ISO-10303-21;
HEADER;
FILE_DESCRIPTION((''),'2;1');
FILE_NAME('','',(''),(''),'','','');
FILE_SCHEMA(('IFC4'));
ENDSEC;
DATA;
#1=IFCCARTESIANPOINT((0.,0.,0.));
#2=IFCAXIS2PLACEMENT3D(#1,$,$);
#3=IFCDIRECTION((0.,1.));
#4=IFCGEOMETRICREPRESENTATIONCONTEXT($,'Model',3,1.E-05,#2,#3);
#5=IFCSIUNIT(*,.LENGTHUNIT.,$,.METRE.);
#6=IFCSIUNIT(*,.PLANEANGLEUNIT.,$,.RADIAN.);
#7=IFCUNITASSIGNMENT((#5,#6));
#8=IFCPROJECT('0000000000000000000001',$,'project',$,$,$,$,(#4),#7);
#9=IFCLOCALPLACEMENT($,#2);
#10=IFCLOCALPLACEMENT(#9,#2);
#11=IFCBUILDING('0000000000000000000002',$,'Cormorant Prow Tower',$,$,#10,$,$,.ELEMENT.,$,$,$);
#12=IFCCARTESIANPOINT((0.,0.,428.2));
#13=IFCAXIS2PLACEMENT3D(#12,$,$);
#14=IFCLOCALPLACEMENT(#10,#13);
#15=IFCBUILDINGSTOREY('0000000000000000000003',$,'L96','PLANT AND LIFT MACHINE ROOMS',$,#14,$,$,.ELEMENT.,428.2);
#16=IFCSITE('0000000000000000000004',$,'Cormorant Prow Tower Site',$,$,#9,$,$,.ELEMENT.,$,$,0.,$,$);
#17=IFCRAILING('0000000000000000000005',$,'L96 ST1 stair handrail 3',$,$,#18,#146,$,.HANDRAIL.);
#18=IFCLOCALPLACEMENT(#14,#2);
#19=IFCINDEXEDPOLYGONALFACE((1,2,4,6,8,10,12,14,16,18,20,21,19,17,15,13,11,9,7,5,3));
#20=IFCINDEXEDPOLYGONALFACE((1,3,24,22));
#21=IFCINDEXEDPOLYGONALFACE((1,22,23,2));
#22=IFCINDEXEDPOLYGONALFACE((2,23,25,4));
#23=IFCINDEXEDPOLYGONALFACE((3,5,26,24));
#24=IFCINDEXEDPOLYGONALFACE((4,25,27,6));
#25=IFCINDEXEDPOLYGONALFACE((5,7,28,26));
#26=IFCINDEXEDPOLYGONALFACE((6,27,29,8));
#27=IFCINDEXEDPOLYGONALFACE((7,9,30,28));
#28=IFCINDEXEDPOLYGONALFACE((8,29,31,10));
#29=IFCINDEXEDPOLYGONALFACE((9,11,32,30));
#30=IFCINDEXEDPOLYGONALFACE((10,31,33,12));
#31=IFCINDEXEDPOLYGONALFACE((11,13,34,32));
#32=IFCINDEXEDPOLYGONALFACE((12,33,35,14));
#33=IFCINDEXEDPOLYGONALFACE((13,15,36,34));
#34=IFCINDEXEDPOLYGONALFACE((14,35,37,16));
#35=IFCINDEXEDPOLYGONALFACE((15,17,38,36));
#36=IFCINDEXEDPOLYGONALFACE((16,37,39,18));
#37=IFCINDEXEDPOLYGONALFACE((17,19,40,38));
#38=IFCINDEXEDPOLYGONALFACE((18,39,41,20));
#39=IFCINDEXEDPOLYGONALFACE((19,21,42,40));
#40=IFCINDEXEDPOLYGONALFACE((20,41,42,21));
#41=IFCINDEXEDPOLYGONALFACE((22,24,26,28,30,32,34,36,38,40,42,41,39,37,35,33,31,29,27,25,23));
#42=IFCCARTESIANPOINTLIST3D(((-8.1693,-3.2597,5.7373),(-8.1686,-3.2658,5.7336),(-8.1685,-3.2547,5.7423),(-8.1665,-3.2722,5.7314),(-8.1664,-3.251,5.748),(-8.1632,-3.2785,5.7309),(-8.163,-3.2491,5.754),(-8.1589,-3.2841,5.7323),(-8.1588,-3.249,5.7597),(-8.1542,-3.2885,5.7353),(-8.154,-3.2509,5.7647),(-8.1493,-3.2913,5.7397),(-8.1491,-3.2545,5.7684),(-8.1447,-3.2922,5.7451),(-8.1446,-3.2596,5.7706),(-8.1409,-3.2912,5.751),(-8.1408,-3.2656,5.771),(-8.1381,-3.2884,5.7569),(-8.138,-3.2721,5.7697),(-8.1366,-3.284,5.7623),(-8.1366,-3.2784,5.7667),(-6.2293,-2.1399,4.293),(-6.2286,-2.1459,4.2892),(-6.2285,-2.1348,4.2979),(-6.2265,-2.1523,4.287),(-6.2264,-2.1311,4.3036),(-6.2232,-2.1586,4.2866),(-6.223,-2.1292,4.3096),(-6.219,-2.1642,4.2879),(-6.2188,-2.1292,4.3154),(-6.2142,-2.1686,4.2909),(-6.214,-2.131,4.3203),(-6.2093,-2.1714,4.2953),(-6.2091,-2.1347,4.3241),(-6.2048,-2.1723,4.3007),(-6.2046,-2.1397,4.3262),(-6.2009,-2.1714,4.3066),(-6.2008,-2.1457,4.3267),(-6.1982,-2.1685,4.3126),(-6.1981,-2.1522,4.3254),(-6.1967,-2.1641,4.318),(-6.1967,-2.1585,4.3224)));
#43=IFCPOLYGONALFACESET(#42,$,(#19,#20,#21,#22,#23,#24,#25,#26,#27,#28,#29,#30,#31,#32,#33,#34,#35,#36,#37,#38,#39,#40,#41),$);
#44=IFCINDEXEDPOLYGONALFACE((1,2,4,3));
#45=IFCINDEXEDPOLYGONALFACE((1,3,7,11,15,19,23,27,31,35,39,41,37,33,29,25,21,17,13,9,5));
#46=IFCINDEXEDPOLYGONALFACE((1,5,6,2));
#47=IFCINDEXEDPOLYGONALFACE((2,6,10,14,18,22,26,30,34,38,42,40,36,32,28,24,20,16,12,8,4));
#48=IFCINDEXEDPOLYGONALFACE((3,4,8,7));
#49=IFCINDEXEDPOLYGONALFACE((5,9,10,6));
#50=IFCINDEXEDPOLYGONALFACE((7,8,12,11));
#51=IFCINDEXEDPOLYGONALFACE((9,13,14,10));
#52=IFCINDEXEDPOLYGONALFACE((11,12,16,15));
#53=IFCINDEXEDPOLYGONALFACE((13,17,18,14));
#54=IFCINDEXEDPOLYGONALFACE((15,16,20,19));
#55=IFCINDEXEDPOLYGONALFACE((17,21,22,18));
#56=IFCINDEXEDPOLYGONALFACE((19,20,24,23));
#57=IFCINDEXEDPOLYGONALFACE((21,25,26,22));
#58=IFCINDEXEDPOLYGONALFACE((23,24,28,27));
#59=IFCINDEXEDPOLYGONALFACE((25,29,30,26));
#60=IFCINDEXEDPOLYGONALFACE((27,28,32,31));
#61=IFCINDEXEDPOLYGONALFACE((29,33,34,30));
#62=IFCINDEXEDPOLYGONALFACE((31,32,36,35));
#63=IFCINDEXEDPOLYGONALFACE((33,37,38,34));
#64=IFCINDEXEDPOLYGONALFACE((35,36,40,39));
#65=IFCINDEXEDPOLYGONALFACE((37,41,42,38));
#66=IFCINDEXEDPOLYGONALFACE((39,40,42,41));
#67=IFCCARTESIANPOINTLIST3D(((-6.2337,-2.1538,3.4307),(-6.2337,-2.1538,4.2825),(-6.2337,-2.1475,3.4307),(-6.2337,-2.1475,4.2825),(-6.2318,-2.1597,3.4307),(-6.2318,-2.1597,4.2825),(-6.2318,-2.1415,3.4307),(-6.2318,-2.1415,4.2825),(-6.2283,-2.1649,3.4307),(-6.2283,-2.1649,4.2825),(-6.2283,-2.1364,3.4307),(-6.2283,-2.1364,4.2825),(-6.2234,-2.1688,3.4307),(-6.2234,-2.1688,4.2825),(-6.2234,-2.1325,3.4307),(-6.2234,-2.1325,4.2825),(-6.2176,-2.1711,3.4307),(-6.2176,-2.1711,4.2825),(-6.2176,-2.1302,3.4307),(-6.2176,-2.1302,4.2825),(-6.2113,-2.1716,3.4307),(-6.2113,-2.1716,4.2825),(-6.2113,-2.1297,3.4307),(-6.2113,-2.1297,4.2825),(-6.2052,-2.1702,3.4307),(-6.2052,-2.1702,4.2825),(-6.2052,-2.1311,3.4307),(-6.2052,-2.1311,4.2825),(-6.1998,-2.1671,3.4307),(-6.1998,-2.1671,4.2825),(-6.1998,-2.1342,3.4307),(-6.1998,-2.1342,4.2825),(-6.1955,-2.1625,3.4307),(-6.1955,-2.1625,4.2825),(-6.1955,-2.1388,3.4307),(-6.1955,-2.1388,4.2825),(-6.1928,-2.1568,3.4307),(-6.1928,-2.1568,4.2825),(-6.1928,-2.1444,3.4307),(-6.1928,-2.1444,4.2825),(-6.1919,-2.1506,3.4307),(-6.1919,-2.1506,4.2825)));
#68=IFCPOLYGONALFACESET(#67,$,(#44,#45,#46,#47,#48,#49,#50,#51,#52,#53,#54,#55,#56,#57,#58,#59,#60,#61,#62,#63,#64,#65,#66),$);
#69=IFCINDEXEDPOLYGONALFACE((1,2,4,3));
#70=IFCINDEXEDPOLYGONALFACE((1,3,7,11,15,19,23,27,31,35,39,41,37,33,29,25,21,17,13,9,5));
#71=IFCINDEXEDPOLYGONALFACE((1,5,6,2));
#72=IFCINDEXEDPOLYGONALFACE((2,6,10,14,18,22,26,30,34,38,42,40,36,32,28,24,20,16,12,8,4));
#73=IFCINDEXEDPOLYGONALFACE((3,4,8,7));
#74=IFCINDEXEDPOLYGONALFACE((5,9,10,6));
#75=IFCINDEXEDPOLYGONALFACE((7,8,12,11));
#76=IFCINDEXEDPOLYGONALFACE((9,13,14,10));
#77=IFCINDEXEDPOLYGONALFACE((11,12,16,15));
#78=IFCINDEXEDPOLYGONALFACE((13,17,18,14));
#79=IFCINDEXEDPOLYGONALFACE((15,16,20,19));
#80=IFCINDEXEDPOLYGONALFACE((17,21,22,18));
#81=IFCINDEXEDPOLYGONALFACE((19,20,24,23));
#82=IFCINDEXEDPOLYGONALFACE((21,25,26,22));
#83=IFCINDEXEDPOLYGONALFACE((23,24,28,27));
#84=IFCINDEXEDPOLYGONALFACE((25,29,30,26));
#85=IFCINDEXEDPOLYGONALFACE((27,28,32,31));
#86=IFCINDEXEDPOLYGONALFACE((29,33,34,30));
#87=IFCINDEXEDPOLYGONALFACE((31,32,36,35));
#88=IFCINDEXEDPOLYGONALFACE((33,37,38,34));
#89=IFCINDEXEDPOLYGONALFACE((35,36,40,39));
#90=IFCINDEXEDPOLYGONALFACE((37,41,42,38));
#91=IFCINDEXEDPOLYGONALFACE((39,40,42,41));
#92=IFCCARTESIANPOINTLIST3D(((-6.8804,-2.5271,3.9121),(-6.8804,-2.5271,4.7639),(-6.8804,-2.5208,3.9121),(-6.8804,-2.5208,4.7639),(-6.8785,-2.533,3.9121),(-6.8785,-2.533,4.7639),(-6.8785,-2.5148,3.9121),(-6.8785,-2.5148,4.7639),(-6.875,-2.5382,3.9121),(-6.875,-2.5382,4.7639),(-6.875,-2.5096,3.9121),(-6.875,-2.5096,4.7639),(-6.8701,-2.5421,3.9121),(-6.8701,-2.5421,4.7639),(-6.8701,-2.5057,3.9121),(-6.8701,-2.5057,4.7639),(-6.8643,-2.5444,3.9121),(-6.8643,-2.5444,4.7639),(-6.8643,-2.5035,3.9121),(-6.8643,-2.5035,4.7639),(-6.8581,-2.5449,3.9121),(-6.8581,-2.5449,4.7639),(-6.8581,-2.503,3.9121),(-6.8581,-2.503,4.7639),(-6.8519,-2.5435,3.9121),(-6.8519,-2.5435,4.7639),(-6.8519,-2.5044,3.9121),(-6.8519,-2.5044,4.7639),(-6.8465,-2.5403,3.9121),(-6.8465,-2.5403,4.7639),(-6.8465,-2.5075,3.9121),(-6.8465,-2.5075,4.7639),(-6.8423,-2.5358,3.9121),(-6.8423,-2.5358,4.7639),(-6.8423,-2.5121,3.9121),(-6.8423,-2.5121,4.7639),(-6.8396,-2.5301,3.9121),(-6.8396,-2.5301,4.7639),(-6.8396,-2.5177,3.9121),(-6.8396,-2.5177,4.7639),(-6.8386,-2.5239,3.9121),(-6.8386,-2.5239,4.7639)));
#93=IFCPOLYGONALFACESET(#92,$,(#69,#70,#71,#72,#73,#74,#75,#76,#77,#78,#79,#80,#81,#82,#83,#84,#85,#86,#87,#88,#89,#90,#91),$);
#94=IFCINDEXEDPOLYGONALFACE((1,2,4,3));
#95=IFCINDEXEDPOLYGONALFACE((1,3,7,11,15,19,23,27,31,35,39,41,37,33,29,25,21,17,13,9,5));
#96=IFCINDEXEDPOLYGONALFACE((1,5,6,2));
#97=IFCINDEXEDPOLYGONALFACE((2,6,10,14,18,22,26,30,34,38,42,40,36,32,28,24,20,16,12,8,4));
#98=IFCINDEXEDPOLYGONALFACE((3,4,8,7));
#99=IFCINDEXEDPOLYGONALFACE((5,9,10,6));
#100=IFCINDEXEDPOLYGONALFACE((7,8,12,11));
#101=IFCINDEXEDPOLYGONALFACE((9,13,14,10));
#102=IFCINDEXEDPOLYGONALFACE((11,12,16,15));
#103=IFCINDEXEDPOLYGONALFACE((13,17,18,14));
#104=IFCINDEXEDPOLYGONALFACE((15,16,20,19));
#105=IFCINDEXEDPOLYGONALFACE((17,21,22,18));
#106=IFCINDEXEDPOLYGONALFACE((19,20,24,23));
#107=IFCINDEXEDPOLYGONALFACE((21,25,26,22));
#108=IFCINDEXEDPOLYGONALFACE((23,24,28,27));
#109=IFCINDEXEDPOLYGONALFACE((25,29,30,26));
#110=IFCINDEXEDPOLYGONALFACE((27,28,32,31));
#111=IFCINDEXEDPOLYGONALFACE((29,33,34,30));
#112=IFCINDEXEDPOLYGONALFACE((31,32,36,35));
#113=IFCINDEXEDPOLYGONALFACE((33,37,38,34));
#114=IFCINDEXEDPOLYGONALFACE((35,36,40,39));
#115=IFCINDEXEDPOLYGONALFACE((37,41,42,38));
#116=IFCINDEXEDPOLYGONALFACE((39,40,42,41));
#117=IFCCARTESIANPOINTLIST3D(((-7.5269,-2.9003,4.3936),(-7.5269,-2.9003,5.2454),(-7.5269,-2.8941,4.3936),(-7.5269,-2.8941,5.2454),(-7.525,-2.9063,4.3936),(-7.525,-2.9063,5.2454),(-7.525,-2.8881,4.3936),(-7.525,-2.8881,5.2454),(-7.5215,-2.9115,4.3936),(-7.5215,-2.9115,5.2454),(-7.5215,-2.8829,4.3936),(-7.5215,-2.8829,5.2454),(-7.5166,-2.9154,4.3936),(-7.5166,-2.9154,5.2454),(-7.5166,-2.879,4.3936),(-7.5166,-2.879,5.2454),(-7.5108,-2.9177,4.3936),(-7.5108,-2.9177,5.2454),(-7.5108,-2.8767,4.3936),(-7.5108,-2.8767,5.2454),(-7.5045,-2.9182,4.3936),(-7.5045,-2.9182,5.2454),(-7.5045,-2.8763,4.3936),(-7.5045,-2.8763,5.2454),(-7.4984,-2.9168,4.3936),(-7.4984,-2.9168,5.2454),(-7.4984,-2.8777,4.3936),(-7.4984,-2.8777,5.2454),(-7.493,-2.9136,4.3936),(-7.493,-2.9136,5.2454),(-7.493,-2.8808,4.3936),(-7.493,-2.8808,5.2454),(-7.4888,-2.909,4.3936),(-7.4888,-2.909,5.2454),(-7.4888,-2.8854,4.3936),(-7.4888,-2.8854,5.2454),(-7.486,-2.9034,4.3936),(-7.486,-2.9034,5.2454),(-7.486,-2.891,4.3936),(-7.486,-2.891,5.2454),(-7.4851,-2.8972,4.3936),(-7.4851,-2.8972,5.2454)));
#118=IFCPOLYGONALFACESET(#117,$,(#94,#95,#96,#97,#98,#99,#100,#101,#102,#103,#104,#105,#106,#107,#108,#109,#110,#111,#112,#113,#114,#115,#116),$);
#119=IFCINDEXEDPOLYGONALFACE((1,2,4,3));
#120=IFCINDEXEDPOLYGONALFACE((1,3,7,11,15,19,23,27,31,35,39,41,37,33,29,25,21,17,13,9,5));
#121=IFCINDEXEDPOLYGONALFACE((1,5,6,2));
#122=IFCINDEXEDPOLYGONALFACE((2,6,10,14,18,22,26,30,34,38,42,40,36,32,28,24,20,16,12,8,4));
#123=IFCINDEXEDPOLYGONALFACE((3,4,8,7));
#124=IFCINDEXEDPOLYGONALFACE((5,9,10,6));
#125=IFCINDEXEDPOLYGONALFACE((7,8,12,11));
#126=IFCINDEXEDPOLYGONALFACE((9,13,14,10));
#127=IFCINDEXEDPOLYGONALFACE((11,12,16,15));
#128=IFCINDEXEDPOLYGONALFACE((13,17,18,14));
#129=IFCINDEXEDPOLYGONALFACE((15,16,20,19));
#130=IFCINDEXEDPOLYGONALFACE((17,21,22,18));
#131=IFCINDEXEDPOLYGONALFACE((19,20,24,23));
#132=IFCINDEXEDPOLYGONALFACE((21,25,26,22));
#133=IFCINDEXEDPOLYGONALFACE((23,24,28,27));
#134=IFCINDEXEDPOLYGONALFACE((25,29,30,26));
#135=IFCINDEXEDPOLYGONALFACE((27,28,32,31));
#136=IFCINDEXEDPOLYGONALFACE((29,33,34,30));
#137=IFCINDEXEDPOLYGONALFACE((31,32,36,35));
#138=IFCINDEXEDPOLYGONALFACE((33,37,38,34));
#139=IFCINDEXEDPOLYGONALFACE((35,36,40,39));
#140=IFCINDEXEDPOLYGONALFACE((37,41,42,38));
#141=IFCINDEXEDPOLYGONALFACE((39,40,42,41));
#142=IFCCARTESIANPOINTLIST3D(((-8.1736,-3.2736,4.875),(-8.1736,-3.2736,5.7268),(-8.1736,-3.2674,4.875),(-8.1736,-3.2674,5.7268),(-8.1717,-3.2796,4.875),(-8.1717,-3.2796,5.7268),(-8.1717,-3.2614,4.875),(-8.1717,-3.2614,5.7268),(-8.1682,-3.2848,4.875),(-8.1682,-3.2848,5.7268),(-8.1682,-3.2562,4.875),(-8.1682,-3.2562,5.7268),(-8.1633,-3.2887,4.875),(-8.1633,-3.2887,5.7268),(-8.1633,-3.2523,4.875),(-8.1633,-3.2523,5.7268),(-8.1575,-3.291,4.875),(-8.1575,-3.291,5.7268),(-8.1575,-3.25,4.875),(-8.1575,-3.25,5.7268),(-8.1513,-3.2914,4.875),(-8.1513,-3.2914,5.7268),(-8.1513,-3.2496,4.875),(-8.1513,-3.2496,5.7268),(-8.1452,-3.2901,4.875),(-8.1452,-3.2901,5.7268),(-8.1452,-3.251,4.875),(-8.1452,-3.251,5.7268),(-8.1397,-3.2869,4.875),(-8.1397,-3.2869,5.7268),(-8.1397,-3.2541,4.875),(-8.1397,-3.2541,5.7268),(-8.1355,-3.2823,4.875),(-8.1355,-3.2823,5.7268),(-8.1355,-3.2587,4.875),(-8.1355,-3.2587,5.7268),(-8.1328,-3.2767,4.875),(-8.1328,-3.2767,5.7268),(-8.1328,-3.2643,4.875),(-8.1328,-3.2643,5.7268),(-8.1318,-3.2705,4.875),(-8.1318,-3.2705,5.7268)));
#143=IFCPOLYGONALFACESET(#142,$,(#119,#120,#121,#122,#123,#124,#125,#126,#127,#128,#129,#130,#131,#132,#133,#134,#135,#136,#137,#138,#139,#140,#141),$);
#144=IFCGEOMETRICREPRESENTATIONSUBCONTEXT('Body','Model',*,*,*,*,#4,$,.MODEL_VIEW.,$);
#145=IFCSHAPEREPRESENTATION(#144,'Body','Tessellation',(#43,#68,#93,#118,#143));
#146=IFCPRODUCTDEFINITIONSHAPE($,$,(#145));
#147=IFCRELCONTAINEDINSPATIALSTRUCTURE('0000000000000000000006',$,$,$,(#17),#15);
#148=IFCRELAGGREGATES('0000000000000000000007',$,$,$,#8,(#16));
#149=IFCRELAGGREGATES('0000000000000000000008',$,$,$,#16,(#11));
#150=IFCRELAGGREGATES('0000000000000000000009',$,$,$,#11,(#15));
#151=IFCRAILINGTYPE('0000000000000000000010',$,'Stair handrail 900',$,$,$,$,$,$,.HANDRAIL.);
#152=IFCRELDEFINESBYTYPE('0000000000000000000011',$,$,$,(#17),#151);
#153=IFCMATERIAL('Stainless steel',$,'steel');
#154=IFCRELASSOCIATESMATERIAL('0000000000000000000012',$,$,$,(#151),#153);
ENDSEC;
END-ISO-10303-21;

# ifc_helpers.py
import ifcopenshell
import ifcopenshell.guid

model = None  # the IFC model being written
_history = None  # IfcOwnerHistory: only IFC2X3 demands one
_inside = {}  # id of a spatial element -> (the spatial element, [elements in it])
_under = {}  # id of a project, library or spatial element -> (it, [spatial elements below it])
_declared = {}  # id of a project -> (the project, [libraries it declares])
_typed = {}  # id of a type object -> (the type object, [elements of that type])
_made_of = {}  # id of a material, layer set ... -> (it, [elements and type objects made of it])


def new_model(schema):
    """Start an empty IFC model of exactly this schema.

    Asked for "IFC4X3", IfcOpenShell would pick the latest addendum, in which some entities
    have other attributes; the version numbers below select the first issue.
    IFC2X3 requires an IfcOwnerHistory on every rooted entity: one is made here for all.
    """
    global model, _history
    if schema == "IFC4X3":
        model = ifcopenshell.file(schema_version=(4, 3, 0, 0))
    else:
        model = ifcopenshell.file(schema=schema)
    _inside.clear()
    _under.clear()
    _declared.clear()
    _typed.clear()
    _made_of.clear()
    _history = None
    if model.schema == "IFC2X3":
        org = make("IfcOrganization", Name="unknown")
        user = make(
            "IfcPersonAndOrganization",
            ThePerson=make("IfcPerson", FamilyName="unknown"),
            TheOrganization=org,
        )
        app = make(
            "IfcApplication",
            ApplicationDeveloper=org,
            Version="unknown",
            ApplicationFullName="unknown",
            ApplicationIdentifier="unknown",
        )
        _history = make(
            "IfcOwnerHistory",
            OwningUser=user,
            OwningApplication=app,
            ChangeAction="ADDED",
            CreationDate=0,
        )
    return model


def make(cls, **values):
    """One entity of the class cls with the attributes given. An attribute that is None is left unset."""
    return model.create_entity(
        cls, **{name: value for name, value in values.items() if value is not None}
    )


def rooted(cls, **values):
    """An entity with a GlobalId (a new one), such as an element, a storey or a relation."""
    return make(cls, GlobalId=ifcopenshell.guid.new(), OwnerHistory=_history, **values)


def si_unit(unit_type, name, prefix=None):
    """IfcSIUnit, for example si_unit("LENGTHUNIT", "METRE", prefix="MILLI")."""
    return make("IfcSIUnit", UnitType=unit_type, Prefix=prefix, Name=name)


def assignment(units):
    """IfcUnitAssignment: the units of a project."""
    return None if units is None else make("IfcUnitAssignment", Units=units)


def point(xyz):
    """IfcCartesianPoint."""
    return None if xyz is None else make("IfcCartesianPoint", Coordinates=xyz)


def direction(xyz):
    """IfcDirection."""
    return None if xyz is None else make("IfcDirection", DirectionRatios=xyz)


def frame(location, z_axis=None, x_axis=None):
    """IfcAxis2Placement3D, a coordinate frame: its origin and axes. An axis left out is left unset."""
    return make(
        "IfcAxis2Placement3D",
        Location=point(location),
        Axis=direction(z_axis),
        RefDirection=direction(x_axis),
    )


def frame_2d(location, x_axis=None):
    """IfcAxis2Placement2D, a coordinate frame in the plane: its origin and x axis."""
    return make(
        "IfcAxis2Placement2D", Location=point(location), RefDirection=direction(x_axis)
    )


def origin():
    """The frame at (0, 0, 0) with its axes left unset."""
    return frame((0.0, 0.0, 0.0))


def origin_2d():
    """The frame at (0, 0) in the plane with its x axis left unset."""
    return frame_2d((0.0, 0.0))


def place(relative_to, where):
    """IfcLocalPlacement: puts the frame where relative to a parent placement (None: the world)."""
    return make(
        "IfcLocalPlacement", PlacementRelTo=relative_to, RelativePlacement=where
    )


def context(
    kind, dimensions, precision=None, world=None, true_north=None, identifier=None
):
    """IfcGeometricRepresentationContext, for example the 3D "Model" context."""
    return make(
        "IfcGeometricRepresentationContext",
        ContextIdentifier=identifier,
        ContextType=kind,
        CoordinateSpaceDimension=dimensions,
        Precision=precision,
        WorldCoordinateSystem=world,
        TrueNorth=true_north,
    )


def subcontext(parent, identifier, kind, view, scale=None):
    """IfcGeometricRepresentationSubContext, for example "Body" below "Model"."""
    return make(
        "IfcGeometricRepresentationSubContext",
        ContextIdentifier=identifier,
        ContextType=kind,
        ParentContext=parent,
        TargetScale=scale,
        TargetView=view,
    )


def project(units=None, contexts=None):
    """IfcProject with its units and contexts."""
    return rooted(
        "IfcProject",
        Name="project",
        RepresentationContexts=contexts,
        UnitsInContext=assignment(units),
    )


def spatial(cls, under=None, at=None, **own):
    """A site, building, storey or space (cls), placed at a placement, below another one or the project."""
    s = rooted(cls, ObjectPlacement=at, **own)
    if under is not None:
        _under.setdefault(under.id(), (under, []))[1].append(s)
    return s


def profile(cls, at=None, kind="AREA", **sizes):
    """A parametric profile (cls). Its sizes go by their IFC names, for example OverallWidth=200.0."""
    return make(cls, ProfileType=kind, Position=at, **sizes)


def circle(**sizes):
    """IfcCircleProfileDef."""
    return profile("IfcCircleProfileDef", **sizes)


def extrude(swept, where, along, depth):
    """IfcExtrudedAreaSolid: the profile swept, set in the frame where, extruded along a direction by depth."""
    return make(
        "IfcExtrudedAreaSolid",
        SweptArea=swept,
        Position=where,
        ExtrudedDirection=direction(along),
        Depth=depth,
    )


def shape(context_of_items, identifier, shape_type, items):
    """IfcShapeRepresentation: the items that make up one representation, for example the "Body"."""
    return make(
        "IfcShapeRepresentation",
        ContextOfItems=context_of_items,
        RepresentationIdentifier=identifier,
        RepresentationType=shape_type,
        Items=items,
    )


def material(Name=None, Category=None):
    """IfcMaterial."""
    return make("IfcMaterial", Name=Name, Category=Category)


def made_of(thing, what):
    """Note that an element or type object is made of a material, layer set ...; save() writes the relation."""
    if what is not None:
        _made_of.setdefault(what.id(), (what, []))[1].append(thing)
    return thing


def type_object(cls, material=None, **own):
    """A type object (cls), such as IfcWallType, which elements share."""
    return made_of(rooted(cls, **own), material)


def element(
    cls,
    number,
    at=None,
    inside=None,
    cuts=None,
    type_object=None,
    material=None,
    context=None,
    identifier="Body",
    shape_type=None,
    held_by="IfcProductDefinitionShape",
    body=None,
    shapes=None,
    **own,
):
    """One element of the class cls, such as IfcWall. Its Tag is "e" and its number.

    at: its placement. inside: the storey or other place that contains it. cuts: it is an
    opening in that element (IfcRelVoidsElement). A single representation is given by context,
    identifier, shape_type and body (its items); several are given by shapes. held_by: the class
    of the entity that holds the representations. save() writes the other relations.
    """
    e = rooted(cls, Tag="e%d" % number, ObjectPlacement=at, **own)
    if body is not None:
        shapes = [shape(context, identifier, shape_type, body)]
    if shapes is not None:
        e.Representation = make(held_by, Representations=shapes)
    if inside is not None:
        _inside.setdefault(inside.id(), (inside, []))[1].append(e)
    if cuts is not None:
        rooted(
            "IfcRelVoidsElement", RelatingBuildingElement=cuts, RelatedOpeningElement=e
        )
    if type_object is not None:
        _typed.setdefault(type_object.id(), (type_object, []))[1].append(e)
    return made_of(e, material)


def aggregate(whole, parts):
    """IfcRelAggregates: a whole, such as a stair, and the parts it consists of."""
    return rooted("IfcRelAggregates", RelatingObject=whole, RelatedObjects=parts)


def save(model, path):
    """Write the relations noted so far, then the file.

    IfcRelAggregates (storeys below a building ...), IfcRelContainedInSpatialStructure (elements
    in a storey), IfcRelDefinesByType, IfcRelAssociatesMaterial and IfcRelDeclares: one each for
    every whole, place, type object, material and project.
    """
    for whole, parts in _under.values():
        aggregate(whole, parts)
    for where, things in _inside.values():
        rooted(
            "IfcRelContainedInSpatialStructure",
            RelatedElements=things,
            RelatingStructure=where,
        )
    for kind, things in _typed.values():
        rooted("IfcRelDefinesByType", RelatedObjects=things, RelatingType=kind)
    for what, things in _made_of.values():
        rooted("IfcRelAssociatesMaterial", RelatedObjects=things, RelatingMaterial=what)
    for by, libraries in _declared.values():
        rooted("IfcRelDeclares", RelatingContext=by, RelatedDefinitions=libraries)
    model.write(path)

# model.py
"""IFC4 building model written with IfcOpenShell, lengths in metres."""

from ifc_helpers import new_model, si_unit, direction, frame, origin, origin_2d, place, context, subcontext, project, spatial, circle, extrude, material, type_object, element, save


model = new_model("IFC4")

# Units and contexts
model_context = context("Model", 3, precision=1e-05, world=origin(), true_north=direction((0.0, 1.0)))
body_context = subcontext(model_context, "Body", "Model", "MODEL_VIEW")
ifc_project = project(units=[si_unit("LENGTHUNIT", "METRE"), si_unit("PLANEANGLEUNIT", "RADIAN")], contexts=[model_context])

# Site, building, storey
site_placement = place(None, origin())
site = spatial("IfcSite", under=ifc_project, at=site_placement, Name="Cormorant Prow Tower Site", CompositionType="ELEMENT", RefElevation=0.0)
building_placement = place(site_placement, origin())
building = spatial("IfcBuilding", under=site, at=building_placement, Name="Cormorant Prow Tower", CompositionType="ELEMENT")
storey_placement = place(building_placement, frame((0.0, 0.0, 428.2)))
storey = spatial("IfcBuildingStorey", under=building, at=storey_placement, Name="L96", Description="PLANT AND LIFT MACHINE ROOMS", CompositionType="ELEMENT", Elevation=428.2)

# Railing
ifc_material_1 = material(Name="Stainless steel", Category="steel")
railing_type_1 = type_object("IfcRailingType", Name="Stair handrail 900", PredefinedType="HANDRAIL", material=ifc_material_1)
railing_1_placement = place(storey_placement, frame((-6.2129, -2.1506, 3.4307)))
element("IfcRailing", 1, at=railing_1_placement, inside=storey, type_object=railing_type_1, Name="L96 ST1 stair handrail 3", PredefinedType="HANDRAIL", context=body_context, shape_type="SweptSolid", body=[
    extrude(circle(Radius=0.0239, at=origin_2d()), frame((0.0, 0.0, 0.876), z_axis=(-0.727863, -0.420175, 0.541912), x_axis=(0.499949, -0.866055, 0.0)), (0.0, 0.0, 1.0), 2.6653),
    extrude(circle(Radius=0.021, at=origin_2d()), origin(), (0.0, 0.0, 1.0), 0.8518),
    extrude(circle(Radius=0.021, at=origin_2d()), frame((-0.6467, -0.3733, 0.4814)), (0.0, 0.0, 1.0), 0.8518),
    extrude(circle(Radius=0.021, at=origin_2d()), frame((-1.2932, -0.7466, 0.9629)), (0.0, 0.0, 1.0), 0.8518),
    extrude(circle(Radius=0.021, at=origin_2d()), frame((-1.9399, -1.1199, 1.4443)), (0.0, 0.0, 1.0), 0.8518),
])

save(model, "model.ifc")
